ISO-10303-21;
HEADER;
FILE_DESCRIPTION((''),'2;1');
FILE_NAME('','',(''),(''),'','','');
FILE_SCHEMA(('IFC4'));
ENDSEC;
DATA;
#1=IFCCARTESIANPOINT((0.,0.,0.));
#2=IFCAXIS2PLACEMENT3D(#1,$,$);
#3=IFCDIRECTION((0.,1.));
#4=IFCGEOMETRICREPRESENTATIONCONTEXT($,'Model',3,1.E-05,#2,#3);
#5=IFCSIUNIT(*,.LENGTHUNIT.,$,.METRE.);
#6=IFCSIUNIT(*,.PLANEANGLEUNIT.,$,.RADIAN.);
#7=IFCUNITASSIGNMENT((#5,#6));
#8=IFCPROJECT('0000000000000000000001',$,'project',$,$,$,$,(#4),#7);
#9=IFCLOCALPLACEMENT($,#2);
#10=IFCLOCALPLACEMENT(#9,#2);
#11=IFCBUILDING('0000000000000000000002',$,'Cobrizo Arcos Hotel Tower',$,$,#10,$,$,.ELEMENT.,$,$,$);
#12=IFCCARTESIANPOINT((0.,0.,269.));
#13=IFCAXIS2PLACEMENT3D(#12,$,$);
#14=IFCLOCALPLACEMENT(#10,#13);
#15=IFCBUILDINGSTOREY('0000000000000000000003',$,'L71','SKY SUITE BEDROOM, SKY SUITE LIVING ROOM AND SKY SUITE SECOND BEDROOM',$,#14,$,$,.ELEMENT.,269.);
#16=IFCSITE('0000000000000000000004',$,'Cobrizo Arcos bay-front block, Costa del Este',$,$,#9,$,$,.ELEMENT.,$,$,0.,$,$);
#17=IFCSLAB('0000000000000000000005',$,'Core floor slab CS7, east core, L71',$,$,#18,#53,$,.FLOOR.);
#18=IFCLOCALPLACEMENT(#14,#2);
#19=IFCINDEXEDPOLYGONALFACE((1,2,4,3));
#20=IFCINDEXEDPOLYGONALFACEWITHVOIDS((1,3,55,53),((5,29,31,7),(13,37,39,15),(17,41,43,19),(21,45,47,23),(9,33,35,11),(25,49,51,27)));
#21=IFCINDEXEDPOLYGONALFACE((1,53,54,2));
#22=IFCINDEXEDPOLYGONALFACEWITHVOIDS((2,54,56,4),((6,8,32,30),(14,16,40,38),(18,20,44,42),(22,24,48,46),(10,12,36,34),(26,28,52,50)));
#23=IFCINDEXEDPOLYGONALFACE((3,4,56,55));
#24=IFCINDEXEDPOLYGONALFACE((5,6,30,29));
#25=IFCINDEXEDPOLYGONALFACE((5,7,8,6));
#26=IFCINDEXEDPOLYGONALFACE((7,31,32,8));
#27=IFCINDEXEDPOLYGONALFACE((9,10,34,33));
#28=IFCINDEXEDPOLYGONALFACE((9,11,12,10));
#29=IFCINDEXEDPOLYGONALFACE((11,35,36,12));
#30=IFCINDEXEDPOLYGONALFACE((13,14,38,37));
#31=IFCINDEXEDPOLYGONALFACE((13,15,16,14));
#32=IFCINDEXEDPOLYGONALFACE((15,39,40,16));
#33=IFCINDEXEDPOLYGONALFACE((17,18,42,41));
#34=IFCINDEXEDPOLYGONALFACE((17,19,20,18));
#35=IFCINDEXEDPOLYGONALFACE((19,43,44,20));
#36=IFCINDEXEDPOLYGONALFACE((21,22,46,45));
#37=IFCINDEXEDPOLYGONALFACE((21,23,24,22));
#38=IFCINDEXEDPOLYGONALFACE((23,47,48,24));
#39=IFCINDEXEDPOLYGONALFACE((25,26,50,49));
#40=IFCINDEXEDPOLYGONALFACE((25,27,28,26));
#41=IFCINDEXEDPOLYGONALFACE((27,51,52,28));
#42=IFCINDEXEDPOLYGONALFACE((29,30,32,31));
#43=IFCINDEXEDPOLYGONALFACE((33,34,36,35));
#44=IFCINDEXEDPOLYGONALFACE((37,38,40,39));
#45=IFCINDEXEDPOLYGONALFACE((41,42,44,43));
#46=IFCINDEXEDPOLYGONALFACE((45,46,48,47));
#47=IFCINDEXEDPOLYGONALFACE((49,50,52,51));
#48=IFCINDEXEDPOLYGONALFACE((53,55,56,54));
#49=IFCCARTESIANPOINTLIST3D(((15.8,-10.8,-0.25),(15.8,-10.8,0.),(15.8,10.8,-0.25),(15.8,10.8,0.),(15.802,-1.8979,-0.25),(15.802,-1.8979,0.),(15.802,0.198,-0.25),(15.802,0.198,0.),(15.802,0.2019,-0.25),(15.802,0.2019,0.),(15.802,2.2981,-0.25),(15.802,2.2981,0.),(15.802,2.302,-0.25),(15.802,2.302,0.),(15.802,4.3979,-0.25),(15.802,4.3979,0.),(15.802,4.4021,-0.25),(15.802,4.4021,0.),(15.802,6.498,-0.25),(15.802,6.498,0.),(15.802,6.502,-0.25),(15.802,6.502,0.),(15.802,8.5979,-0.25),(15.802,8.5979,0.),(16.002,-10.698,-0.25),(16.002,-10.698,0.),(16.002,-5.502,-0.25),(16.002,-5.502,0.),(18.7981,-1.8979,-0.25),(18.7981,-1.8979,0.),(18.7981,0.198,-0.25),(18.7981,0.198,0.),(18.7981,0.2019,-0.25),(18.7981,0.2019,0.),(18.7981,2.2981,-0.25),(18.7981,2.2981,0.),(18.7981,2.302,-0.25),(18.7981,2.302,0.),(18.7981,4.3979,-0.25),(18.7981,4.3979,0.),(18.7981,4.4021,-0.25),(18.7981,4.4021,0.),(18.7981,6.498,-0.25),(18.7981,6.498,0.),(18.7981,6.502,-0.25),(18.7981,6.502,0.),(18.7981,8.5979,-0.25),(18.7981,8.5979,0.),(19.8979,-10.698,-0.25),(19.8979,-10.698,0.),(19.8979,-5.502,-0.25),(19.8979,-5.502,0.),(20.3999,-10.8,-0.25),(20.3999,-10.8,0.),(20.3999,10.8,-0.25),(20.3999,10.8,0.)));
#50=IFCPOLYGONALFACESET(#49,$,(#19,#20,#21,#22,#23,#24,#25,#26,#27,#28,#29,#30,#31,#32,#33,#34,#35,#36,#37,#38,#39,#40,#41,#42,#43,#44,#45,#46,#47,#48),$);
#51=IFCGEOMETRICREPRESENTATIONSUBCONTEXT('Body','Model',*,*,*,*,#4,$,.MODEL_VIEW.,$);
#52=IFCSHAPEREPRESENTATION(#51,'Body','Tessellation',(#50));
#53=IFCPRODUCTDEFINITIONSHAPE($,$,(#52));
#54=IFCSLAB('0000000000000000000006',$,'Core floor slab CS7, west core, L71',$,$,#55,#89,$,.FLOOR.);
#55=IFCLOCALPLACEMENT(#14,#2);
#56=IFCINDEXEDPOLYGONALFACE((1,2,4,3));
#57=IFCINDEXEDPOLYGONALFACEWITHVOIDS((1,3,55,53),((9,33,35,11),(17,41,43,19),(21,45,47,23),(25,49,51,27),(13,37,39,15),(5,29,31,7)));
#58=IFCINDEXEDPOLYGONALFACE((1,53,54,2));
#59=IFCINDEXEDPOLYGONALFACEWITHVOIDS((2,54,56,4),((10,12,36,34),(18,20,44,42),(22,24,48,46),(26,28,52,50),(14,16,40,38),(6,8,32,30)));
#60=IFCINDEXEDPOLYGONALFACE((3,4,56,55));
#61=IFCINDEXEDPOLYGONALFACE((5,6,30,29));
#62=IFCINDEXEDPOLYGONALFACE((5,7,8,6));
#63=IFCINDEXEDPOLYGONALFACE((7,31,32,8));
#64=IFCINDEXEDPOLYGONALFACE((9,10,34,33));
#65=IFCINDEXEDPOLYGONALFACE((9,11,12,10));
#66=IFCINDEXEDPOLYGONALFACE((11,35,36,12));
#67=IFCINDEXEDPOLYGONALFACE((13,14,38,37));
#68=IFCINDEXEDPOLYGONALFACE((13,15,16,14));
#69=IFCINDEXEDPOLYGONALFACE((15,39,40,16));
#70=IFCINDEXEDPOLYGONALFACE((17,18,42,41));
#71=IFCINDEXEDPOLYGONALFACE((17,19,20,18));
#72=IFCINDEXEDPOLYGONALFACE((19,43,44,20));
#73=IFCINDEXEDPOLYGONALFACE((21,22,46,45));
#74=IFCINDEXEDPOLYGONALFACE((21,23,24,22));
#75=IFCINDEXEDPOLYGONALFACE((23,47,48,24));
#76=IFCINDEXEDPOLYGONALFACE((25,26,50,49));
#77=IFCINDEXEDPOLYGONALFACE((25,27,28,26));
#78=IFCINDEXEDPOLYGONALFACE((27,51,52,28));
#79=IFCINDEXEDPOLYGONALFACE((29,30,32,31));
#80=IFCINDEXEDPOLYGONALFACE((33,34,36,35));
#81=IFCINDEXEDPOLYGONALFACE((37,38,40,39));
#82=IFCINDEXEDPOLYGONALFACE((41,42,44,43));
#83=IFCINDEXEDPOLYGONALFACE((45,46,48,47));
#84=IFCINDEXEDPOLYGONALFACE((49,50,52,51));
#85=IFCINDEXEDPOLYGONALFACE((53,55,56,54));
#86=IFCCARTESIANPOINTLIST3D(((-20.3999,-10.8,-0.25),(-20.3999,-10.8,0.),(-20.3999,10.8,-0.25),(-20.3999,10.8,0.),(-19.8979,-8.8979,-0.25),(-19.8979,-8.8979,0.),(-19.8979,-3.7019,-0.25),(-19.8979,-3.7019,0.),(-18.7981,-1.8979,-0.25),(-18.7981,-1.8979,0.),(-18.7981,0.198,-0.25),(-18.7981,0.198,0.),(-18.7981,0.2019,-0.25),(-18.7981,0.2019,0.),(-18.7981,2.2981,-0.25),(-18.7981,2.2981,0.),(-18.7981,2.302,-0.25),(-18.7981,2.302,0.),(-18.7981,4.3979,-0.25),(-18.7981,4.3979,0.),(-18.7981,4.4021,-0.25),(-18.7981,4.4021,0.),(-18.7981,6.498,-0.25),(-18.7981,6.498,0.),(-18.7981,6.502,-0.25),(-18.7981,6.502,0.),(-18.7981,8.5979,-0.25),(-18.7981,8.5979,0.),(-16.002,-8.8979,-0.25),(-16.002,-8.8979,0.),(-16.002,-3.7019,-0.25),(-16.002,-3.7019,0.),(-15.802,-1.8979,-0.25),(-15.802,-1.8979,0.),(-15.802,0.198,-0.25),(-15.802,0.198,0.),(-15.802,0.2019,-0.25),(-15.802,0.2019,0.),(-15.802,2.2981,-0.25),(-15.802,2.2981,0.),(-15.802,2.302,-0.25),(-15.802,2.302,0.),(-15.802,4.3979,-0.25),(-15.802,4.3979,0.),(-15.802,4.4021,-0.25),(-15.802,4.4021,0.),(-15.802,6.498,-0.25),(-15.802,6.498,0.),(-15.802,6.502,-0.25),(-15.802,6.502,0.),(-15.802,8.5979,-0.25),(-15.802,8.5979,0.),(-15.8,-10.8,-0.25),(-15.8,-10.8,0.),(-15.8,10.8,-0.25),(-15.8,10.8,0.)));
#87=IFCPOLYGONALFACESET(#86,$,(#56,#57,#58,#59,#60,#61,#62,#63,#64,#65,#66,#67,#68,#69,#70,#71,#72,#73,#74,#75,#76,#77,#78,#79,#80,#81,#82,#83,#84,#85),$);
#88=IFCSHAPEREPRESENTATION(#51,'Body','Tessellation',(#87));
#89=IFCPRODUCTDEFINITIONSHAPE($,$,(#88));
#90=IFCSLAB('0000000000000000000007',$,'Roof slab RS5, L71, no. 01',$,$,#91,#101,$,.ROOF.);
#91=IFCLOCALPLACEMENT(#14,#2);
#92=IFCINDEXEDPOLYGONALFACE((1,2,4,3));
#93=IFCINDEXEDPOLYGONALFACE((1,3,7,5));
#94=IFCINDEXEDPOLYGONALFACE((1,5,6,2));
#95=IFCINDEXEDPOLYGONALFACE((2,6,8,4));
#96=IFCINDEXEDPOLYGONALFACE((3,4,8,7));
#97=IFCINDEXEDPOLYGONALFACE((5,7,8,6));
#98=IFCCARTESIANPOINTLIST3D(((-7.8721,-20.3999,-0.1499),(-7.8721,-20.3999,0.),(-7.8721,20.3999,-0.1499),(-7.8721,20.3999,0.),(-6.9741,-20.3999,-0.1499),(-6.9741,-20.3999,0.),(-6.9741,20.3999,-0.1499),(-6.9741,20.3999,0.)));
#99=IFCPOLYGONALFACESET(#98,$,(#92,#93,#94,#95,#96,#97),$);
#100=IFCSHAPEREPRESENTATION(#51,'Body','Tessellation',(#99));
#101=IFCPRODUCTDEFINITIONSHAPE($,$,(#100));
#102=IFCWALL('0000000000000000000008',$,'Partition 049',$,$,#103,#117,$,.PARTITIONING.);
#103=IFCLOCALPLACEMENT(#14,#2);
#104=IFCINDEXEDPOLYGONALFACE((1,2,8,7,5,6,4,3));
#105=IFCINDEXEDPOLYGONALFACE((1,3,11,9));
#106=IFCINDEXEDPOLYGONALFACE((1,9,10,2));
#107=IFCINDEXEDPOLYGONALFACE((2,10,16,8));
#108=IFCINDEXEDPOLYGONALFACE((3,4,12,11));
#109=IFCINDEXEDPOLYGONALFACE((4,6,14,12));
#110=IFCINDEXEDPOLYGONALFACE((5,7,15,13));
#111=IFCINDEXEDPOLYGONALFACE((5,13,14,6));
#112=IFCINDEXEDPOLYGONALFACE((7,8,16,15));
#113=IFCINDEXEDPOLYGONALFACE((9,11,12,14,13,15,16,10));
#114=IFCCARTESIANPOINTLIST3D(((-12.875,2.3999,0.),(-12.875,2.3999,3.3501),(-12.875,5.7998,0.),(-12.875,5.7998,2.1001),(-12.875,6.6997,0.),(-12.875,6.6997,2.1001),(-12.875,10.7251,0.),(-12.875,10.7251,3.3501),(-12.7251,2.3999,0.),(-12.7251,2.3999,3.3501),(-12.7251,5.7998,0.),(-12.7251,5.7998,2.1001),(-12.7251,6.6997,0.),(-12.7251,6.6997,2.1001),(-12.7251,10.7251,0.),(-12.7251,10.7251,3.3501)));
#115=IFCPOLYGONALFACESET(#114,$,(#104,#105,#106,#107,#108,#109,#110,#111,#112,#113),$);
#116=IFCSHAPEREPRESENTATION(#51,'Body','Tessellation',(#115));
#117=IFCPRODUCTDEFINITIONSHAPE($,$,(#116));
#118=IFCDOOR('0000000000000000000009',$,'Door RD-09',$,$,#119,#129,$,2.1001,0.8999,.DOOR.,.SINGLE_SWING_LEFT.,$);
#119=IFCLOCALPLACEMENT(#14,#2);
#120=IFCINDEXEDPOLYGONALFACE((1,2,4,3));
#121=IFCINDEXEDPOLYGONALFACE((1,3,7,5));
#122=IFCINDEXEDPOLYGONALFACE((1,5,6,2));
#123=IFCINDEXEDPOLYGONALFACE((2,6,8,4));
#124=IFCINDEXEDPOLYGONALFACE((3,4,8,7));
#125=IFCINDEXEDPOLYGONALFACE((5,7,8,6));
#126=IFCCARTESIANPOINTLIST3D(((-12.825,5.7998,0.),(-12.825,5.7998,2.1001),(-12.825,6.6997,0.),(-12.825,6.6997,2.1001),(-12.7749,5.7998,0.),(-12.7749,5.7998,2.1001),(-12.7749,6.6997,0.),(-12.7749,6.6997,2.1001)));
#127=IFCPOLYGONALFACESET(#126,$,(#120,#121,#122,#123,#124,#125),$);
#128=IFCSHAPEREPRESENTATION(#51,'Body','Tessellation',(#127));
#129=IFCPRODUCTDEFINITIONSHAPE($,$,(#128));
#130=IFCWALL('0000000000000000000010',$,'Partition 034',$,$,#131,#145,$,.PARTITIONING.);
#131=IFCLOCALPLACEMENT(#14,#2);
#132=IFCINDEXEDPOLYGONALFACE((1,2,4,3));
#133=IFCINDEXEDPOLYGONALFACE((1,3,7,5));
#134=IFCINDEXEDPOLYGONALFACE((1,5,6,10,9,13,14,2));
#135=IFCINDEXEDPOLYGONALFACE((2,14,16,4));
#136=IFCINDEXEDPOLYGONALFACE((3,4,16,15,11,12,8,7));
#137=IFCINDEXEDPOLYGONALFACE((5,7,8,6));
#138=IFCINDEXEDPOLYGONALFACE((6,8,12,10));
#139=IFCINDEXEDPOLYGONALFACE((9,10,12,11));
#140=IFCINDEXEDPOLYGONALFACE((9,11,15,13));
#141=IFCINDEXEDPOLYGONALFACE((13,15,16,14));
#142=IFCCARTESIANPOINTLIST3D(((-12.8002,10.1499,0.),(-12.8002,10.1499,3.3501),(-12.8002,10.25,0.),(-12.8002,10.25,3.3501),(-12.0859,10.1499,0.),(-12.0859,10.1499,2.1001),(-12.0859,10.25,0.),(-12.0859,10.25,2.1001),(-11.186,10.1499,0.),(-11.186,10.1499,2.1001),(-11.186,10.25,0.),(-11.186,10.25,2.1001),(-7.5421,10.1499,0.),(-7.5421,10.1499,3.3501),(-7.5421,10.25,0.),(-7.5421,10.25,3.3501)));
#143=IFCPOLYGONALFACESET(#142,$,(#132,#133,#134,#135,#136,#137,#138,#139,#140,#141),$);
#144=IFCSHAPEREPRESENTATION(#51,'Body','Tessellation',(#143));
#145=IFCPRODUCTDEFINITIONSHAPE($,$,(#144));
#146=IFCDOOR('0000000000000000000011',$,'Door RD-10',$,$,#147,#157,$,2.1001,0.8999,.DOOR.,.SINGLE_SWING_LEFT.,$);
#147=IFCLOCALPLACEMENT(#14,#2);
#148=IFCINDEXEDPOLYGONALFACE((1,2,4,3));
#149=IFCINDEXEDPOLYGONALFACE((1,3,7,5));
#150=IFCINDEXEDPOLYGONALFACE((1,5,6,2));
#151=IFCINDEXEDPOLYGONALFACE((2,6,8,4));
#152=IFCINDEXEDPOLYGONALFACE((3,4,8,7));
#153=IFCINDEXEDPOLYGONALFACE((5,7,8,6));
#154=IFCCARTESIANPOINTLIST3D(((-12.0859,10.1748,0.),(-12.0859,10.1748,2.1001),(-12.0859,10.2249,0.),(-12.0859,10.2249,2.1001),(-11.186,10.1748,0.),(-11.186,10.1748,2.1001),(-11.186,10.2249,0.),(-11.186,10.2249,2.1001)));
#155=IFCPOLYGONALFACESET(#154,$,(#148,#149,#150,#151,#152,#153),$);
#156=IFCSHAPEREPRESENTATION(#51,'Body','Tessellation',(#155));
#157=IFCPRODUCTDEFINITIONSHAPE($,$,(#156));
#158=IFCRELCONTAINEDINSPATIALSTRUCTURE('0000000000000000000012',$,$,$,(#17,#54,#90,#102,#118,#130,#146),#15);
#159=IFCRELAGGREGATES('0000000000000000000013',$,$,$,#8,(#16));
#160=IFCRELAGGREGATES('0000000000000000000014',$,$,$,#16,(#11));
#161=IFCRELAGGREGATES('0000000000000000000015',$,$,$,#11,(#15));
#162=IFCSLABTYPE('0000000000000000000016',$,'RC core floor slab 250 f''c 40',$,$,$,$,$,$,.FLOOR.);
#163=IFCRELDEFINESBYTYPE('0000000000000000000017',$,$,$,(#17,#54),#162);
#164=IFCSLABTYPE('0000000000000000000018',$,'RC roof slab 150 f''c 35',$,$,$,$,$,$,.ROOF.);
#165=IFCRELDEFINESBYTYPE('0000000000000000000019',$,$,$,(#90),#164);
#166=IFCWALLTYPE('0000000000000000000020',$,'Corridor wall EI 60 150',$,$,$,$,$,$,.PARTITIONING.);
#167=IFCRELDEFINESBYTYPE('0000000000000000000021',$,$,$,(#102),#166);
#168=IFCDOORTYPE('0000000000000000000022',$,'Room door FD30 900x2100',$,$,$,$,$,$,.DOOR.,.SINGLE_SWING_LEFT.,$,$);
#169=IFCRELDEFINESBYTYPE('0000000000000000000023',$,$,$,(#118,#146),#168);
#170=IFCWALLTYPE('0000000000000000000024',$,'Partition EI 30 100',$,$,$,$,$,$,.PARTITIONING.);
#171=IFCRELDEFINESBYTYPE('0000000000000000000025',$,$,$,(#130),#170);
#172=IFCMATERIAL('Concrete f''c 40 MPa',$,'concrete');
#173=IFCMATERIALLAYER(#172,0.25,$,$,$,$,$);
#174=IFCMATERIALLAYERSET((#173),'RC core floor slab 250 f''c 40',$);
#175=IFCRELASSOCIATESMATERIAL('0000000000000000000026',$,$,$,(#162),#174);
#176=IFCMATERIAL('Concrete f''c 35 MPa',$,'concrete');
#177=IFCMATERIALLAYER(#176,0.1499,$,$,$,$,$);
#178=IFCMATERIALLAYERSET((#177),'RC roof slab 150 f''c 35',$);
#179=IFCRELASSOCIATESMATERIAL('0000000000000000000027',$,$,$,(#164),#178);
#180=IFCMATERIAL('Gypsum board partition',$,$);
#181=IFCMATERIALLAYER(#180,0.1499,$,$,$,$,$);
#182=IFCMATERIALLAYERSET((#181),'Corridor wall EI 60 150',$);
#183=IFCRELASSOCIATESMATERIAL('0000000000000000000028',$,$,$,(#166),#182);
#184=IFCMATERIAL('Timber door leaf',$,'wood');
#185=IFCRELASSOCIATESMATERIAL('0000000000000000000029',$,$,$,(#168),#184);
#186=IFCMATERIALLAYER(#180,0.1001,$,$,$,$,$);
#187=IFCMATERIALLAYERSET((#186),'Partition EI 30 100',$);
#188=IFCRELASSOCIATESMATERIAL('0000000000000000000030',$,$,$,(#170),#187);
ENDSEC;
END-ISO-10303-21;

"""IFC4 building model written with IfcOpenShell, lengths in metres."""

from ifc_helpers import new_model, si_unit, direction, frame, frame_2d, origin, place, context, subcontext, project, spatial, polyline, rectangle, outline, extrude, material, layer, layer_set, type_object, element, fill, save


model = new_model("IFC4")

# Units and contexts
model_context = context("Model", 3, precision=1e-05, world=origin(), true_north=direction((0.0, 1.0)))
body_context = subcontext(model_context, "Body", "Model", "MODEL_VIEW")
ifc_project = project(units=[si_unit("LENGTHUNIT", "METRE"), si_unit("PLANEANGLEUNIT", "RADIAN")], contexts=[model_context])

# Site, building, storey
site_placement = place(None, origin())
site = spatial("IfcSite", under=ifc_project, at=site_placement, Name="Cobrizo Arcos bay-front block, Costa del Este", CompositionType="ELEMENT", RefElevation=0.0)
building_placement = place(site_placement, origin())
building = spatial("IfcBuilding", under=site, at=building_placement, Name="Cobrizo Arcos Hotel Tower", CompositionType="ELEMENT")
storey_placement = place(building_placement, frame((0.0, 0.0, 269.0)))
storey = spatial("IfcBuildingStorey", under=building, at=storey_placement, Name="L71", Description="SKY SUITE BEDROOM, SKY SUITE LIVING ROOM AND SKY SUITE SECOND BEDROOM", CompositionType="ELEMENT", Elevation=269.0)

# Slabs
ifc_material_1 = material(Name="Concrete f'c 35 MPa", Category="concrete")
ifc_material_2 = material(Name="Concrete f'c 40 MPa", Category="concrete")
ifc_layer_1 = layer(ifc_material_2, 0.25)
ifc_layer_set_1 = layer_set([ifc_layer_1], Name="RC core floor slab 250 f'c 40")
slab_type_1 = type_object("IfcSlabType", Name="RC core floor slab 250 f'c 40", PredefinedType="FLOOR", material=ifc_layer_set_1)
slab_1_placement = place(storey_placement, frame((0.0, 0.0, -0.25)))
element("IfcSlab", 1, at=slab_1_placement, inside=storey, type_object=slab_type_1, Name="Core floor slab CS7, east core, L71", PredefinedType="FLOOR", context=body_context, shape_type="SweptSolid", body=[
    extrude(outline(polyline([(15.8, 10.8), (20.3999, 10.8), (20.3999, -10.8), (15.8, -10.8), (15.8, 10.8)]), holes=[polyline([(19.8979, -10.698), (19.8979, -5.502), (16.002, -5.502), (16.002, -10.698), (19.8979, -10.698)]), polyline([(15.802, 0.198), (15.802, -1.8979), (18.7981, -1.8979), (18.7981, 0.198), (15.802, 0.198)]), polyline([(15.802, 2.2981), (15.802, 0.2019), (18.7981, 0.2019), (18.7981, 2.2981), (15.802, 2.2981)]), polyline([(15.802, 4.3979), (15.802, 2.302), (18.7981, 2.302), (18.7981, 4.3979), (15.802, 4.3979)]), polyline([(18.7981, 6.498), (15.802, 6.498), (15.802, 4.4021), (18.7981, 4.4021), (18.7981, 6.498)]), polyline([(18.7981, 8.5979), (15.802, 8.5979), (15.802, 6.502), (18.7981, 6.502), (18.7981, 8.5979)])]), origin(), (0.0, 0.0, 1.0), 0.25),
])
slab_2_placement = place(storey_placement, frame((0.0, 0.0, -0.25)))
element("IfcSlab", 2, at=slab_2_placement, inside=storey, type_object=slab_type_1, Name="Core floor slab CS7, west core, L71", PredefinedType="FLOOR", context=body_context, shape_type="SweptSolid", body=[
    extrude(outline(polyline([(-20.3999, 10.8), (-15.8, 10.8), (-15.8, -10.8), (-20.3999, -10.8), (-20.3999, 10.8)]), holes=[polyline([(-19.8979, -3.7019), (-19.8979, -8.8979), (-16.002, -8.8979), (-16.002, -3.7019), (-19.8979, -3.7019)]), polyline([(-18.7981, 0.198), (-18.7981, -1.8979), (-15.802, -1.8979), (-15.802, 0.198), (-18.7981, 0.198)]), polyline([(-18.7981, 2.2981), (-18.7981, 0.2019), (-15.802, 0.2019), (-15.802, 2.2981), (-18.7981, 2.2981)]), polyline([(-18.7981, 4.3979), (-18.7981, 2.302), (-15.802, 2.302), (-15.802, 4.3979), (-18.7981, 4.3979)]), polyline([(-15.802, 6.498), (-18.7981, 6.498), (-18.7981, 4.4021), (-15.802, 4.4021), (-15.802, 6.498)]), polyline([(-15.802, 8.5979), (-18.7981, 8.5979), (-18.7981, 6.502), (-15.802, 6.502), (-15.802, 8.5979)])]), origin(), (0.0, 0.0, 1.0), 0.25),
])
ifc_layer_2 = layer(ifc_material_1, 0.1499)
ifc_layer_set_2 = layer_set([ifc_layer_2], Name="RC roof slab 150 f'c 35")
slab_type_2 = type_object("IfcSlabType", Name="RC roof slab 150 f'c 35", PredefinedType="ROOF", material=ifc_layer_set_2)
slab_3_placement = place(storey_placement, frame((0.0, 0.0, -0.1499)))
element("IfcSlab", 3, at=slab_3_placement, inside=storey, type_object=slab_type_2, Name="Roof slab RS5, L71, no. 01", PredefinedType="ROOF", context=body_context, shape_type="SweptSolid", body=[
    extrude(outline(polyline([(-7.8721, -20.3999), (-7.8721, 20.3999), (-6.9741, 20.3999), (-6.9741, -20.3999), (-7.8721, -20.3999)])), origin(), (0.0, 0.0, 1.0), 0.1499),
])

# Walls, openings, doors
ifc_material_3 = material(Name="Gypsum board partition")
ifc_layer_3 = layer(ifc_material_3, 0.1499)
ifc_layer_set_3 = layer_set([ifc_layer_3], Name="Corridor wall EI 60 150")
wall_type_1 = type_object("IfcWallType", Name="Corridor wall EI 60 150", PredefinedType="PARTITIONING", material=ifc_layer_set_3)
wall_1_placement = place(storey_placement, frame((-12.8, 2.3999, 0.0), z_axis=(0.0, 0.0, 1.0), x_axis=(0.0, 1.0, 0.0)))
wall_1 = element("IfcWall", 4, at=wall_1_placement, inside=storey, type_object=wall_type_1, Name="Partition 049", PredefinedType="PARTITIONING", context=body_context, shape_type="SweptSolid", body=[
    extrude(rectangle(XDim=8.3252, YDim=0.1499, at=frame_2d((4.1626, 0.0))), origin(), (0.0, 0.0, 1.0), 3.3501),
])
opening_1_placement = place(wall_1_placement, frame((3.3999, 0.0, 0.0)))
opening_1 = element("IfcOpeningElement", 5, at=opening_1_placement, cuts=wall_1, PredefinedType="OPENING", context=body_context, shape_type="SweptSolid", body=[
    extrude(rectangle(XDim=0.8999, YDim=2.1001, at=frame_2d((0.45, 1.05))), frame((0.0, 0.0869, 0.0), z_axis=(0.0, -1.0, 0.0), x_axis=(1.0, 0.0, 0.0)), (0.0, 0.0, 1.0), 0.1738),
])
ifc_material_4 = material(Name="Timber door leaf", Category="wood")
door_type_1 = type_object("IfcDoorType", Name="Room door FD30 900x2100", OperationType="SINGLE_SWING_LEFT", PredefinedType="DOOR", material=ifc_material_4)
door_1_placement = place(opening_1_placement, origin())
door_1 = element("IfcDoor", 6, at=door_1_placement, inside=storey, type_object=door_type_1, Name="Door RD-09", OperationType="SINGLE_SWING_LEFT", OverallHeight=2.1001, OverallWidth=0.8999, PredefinedType="DOOR", context=body_context, shape_type="SweptSolid", body=[
    extrude(rectangle(XDim=0.8999, YDim=2.1001, at=frame_2d((0.45, 1.05))), frame((0.0, 0.0249, 0.0), z_axis=(0.0, -1.0, 0.0), x_axis=(1.0, 0.0, 0.0)), (0.0, 0.0, 1.0), 0.05),
])
fill(opening_1, door_1)
ifc_layer_4 = layer(ifc_material_3, 0.1001)
ifc_layer_set_4 = layer_set([ifc_layer_4], Name="Partition EI 30 100")
wall_type_2 = type_object("IfcWallType", Name="Partition EI 30 100", PredefinedType="PARTITIONING", material=ifc_layer_set_4)
wall_2_placement = place(storey_placement, frame((-12.8, 10.2, 0.0), z_axis=(0.0, 0.0, 1.0), x_axis=(1.0, 0.0, 0.0)))
wall_2 = element("IfcWall", 7, at=wall_2_placement, inside=storey, type_object=wall_type_2, Name="Partition 034", PredefinedType="PARTITIONING", context=body_context, shape_type="SweptSolid", body=[
    extrude(rectangle(XDim=5.2581, YDim=0.1001, at=frame_2d((2.6289, 0.0))), origin(), (0.0, 0.0, 1.0), 3.3501),
])
opening_2_placement = place(wall_2_placement, frame((0.7141, 0.0, 0.0)))
opening_2 = element("IfcOpeningElement", 8, at=opening_2_placement, cuts=wall_2, PredefinedType="OPENING", context=body_context, shape_type="SweptSolid", body=[
    extrude(rectangle(XDim=0.8999, YDim=2.1001, at=frame_2d((0.45, 1.05))), frame((0.0, 0.062, 0.0), z_axis=(0.0, -1.0, 0.0), x_axis=(1.0, 0.0, 0.0)), (0.0, 0.0, 1.0), 0.124),
])
door_2_placement = place(opening_2_placement, origin())
door_2 = element("IfcDoor", 9, at=door_2_placement, inside=storey, type_object=door_type_1, Name="Door RD-10", OperationType="SINGLE_SWING_LEFT", OverallHeight=2.1001, OverallWidth=0.8999, PredefinedType="DOOR", context=body_context, shape_type="SweptSolid", body=[
    extrude(rectangle(XDim=0.8999, YDim=2.1001, at=frame_2d((0.45, 1.05))), frame((0.0, 0.0249, 0.0), z_axis=(0.0, -1.0, 0.0), x_axis=(1.0, 0.0, 0.0)), (0.0, 0.0, 1.0), 0.05),
])
fill(opening_2, door_2)

save(model, "model.ifc")
